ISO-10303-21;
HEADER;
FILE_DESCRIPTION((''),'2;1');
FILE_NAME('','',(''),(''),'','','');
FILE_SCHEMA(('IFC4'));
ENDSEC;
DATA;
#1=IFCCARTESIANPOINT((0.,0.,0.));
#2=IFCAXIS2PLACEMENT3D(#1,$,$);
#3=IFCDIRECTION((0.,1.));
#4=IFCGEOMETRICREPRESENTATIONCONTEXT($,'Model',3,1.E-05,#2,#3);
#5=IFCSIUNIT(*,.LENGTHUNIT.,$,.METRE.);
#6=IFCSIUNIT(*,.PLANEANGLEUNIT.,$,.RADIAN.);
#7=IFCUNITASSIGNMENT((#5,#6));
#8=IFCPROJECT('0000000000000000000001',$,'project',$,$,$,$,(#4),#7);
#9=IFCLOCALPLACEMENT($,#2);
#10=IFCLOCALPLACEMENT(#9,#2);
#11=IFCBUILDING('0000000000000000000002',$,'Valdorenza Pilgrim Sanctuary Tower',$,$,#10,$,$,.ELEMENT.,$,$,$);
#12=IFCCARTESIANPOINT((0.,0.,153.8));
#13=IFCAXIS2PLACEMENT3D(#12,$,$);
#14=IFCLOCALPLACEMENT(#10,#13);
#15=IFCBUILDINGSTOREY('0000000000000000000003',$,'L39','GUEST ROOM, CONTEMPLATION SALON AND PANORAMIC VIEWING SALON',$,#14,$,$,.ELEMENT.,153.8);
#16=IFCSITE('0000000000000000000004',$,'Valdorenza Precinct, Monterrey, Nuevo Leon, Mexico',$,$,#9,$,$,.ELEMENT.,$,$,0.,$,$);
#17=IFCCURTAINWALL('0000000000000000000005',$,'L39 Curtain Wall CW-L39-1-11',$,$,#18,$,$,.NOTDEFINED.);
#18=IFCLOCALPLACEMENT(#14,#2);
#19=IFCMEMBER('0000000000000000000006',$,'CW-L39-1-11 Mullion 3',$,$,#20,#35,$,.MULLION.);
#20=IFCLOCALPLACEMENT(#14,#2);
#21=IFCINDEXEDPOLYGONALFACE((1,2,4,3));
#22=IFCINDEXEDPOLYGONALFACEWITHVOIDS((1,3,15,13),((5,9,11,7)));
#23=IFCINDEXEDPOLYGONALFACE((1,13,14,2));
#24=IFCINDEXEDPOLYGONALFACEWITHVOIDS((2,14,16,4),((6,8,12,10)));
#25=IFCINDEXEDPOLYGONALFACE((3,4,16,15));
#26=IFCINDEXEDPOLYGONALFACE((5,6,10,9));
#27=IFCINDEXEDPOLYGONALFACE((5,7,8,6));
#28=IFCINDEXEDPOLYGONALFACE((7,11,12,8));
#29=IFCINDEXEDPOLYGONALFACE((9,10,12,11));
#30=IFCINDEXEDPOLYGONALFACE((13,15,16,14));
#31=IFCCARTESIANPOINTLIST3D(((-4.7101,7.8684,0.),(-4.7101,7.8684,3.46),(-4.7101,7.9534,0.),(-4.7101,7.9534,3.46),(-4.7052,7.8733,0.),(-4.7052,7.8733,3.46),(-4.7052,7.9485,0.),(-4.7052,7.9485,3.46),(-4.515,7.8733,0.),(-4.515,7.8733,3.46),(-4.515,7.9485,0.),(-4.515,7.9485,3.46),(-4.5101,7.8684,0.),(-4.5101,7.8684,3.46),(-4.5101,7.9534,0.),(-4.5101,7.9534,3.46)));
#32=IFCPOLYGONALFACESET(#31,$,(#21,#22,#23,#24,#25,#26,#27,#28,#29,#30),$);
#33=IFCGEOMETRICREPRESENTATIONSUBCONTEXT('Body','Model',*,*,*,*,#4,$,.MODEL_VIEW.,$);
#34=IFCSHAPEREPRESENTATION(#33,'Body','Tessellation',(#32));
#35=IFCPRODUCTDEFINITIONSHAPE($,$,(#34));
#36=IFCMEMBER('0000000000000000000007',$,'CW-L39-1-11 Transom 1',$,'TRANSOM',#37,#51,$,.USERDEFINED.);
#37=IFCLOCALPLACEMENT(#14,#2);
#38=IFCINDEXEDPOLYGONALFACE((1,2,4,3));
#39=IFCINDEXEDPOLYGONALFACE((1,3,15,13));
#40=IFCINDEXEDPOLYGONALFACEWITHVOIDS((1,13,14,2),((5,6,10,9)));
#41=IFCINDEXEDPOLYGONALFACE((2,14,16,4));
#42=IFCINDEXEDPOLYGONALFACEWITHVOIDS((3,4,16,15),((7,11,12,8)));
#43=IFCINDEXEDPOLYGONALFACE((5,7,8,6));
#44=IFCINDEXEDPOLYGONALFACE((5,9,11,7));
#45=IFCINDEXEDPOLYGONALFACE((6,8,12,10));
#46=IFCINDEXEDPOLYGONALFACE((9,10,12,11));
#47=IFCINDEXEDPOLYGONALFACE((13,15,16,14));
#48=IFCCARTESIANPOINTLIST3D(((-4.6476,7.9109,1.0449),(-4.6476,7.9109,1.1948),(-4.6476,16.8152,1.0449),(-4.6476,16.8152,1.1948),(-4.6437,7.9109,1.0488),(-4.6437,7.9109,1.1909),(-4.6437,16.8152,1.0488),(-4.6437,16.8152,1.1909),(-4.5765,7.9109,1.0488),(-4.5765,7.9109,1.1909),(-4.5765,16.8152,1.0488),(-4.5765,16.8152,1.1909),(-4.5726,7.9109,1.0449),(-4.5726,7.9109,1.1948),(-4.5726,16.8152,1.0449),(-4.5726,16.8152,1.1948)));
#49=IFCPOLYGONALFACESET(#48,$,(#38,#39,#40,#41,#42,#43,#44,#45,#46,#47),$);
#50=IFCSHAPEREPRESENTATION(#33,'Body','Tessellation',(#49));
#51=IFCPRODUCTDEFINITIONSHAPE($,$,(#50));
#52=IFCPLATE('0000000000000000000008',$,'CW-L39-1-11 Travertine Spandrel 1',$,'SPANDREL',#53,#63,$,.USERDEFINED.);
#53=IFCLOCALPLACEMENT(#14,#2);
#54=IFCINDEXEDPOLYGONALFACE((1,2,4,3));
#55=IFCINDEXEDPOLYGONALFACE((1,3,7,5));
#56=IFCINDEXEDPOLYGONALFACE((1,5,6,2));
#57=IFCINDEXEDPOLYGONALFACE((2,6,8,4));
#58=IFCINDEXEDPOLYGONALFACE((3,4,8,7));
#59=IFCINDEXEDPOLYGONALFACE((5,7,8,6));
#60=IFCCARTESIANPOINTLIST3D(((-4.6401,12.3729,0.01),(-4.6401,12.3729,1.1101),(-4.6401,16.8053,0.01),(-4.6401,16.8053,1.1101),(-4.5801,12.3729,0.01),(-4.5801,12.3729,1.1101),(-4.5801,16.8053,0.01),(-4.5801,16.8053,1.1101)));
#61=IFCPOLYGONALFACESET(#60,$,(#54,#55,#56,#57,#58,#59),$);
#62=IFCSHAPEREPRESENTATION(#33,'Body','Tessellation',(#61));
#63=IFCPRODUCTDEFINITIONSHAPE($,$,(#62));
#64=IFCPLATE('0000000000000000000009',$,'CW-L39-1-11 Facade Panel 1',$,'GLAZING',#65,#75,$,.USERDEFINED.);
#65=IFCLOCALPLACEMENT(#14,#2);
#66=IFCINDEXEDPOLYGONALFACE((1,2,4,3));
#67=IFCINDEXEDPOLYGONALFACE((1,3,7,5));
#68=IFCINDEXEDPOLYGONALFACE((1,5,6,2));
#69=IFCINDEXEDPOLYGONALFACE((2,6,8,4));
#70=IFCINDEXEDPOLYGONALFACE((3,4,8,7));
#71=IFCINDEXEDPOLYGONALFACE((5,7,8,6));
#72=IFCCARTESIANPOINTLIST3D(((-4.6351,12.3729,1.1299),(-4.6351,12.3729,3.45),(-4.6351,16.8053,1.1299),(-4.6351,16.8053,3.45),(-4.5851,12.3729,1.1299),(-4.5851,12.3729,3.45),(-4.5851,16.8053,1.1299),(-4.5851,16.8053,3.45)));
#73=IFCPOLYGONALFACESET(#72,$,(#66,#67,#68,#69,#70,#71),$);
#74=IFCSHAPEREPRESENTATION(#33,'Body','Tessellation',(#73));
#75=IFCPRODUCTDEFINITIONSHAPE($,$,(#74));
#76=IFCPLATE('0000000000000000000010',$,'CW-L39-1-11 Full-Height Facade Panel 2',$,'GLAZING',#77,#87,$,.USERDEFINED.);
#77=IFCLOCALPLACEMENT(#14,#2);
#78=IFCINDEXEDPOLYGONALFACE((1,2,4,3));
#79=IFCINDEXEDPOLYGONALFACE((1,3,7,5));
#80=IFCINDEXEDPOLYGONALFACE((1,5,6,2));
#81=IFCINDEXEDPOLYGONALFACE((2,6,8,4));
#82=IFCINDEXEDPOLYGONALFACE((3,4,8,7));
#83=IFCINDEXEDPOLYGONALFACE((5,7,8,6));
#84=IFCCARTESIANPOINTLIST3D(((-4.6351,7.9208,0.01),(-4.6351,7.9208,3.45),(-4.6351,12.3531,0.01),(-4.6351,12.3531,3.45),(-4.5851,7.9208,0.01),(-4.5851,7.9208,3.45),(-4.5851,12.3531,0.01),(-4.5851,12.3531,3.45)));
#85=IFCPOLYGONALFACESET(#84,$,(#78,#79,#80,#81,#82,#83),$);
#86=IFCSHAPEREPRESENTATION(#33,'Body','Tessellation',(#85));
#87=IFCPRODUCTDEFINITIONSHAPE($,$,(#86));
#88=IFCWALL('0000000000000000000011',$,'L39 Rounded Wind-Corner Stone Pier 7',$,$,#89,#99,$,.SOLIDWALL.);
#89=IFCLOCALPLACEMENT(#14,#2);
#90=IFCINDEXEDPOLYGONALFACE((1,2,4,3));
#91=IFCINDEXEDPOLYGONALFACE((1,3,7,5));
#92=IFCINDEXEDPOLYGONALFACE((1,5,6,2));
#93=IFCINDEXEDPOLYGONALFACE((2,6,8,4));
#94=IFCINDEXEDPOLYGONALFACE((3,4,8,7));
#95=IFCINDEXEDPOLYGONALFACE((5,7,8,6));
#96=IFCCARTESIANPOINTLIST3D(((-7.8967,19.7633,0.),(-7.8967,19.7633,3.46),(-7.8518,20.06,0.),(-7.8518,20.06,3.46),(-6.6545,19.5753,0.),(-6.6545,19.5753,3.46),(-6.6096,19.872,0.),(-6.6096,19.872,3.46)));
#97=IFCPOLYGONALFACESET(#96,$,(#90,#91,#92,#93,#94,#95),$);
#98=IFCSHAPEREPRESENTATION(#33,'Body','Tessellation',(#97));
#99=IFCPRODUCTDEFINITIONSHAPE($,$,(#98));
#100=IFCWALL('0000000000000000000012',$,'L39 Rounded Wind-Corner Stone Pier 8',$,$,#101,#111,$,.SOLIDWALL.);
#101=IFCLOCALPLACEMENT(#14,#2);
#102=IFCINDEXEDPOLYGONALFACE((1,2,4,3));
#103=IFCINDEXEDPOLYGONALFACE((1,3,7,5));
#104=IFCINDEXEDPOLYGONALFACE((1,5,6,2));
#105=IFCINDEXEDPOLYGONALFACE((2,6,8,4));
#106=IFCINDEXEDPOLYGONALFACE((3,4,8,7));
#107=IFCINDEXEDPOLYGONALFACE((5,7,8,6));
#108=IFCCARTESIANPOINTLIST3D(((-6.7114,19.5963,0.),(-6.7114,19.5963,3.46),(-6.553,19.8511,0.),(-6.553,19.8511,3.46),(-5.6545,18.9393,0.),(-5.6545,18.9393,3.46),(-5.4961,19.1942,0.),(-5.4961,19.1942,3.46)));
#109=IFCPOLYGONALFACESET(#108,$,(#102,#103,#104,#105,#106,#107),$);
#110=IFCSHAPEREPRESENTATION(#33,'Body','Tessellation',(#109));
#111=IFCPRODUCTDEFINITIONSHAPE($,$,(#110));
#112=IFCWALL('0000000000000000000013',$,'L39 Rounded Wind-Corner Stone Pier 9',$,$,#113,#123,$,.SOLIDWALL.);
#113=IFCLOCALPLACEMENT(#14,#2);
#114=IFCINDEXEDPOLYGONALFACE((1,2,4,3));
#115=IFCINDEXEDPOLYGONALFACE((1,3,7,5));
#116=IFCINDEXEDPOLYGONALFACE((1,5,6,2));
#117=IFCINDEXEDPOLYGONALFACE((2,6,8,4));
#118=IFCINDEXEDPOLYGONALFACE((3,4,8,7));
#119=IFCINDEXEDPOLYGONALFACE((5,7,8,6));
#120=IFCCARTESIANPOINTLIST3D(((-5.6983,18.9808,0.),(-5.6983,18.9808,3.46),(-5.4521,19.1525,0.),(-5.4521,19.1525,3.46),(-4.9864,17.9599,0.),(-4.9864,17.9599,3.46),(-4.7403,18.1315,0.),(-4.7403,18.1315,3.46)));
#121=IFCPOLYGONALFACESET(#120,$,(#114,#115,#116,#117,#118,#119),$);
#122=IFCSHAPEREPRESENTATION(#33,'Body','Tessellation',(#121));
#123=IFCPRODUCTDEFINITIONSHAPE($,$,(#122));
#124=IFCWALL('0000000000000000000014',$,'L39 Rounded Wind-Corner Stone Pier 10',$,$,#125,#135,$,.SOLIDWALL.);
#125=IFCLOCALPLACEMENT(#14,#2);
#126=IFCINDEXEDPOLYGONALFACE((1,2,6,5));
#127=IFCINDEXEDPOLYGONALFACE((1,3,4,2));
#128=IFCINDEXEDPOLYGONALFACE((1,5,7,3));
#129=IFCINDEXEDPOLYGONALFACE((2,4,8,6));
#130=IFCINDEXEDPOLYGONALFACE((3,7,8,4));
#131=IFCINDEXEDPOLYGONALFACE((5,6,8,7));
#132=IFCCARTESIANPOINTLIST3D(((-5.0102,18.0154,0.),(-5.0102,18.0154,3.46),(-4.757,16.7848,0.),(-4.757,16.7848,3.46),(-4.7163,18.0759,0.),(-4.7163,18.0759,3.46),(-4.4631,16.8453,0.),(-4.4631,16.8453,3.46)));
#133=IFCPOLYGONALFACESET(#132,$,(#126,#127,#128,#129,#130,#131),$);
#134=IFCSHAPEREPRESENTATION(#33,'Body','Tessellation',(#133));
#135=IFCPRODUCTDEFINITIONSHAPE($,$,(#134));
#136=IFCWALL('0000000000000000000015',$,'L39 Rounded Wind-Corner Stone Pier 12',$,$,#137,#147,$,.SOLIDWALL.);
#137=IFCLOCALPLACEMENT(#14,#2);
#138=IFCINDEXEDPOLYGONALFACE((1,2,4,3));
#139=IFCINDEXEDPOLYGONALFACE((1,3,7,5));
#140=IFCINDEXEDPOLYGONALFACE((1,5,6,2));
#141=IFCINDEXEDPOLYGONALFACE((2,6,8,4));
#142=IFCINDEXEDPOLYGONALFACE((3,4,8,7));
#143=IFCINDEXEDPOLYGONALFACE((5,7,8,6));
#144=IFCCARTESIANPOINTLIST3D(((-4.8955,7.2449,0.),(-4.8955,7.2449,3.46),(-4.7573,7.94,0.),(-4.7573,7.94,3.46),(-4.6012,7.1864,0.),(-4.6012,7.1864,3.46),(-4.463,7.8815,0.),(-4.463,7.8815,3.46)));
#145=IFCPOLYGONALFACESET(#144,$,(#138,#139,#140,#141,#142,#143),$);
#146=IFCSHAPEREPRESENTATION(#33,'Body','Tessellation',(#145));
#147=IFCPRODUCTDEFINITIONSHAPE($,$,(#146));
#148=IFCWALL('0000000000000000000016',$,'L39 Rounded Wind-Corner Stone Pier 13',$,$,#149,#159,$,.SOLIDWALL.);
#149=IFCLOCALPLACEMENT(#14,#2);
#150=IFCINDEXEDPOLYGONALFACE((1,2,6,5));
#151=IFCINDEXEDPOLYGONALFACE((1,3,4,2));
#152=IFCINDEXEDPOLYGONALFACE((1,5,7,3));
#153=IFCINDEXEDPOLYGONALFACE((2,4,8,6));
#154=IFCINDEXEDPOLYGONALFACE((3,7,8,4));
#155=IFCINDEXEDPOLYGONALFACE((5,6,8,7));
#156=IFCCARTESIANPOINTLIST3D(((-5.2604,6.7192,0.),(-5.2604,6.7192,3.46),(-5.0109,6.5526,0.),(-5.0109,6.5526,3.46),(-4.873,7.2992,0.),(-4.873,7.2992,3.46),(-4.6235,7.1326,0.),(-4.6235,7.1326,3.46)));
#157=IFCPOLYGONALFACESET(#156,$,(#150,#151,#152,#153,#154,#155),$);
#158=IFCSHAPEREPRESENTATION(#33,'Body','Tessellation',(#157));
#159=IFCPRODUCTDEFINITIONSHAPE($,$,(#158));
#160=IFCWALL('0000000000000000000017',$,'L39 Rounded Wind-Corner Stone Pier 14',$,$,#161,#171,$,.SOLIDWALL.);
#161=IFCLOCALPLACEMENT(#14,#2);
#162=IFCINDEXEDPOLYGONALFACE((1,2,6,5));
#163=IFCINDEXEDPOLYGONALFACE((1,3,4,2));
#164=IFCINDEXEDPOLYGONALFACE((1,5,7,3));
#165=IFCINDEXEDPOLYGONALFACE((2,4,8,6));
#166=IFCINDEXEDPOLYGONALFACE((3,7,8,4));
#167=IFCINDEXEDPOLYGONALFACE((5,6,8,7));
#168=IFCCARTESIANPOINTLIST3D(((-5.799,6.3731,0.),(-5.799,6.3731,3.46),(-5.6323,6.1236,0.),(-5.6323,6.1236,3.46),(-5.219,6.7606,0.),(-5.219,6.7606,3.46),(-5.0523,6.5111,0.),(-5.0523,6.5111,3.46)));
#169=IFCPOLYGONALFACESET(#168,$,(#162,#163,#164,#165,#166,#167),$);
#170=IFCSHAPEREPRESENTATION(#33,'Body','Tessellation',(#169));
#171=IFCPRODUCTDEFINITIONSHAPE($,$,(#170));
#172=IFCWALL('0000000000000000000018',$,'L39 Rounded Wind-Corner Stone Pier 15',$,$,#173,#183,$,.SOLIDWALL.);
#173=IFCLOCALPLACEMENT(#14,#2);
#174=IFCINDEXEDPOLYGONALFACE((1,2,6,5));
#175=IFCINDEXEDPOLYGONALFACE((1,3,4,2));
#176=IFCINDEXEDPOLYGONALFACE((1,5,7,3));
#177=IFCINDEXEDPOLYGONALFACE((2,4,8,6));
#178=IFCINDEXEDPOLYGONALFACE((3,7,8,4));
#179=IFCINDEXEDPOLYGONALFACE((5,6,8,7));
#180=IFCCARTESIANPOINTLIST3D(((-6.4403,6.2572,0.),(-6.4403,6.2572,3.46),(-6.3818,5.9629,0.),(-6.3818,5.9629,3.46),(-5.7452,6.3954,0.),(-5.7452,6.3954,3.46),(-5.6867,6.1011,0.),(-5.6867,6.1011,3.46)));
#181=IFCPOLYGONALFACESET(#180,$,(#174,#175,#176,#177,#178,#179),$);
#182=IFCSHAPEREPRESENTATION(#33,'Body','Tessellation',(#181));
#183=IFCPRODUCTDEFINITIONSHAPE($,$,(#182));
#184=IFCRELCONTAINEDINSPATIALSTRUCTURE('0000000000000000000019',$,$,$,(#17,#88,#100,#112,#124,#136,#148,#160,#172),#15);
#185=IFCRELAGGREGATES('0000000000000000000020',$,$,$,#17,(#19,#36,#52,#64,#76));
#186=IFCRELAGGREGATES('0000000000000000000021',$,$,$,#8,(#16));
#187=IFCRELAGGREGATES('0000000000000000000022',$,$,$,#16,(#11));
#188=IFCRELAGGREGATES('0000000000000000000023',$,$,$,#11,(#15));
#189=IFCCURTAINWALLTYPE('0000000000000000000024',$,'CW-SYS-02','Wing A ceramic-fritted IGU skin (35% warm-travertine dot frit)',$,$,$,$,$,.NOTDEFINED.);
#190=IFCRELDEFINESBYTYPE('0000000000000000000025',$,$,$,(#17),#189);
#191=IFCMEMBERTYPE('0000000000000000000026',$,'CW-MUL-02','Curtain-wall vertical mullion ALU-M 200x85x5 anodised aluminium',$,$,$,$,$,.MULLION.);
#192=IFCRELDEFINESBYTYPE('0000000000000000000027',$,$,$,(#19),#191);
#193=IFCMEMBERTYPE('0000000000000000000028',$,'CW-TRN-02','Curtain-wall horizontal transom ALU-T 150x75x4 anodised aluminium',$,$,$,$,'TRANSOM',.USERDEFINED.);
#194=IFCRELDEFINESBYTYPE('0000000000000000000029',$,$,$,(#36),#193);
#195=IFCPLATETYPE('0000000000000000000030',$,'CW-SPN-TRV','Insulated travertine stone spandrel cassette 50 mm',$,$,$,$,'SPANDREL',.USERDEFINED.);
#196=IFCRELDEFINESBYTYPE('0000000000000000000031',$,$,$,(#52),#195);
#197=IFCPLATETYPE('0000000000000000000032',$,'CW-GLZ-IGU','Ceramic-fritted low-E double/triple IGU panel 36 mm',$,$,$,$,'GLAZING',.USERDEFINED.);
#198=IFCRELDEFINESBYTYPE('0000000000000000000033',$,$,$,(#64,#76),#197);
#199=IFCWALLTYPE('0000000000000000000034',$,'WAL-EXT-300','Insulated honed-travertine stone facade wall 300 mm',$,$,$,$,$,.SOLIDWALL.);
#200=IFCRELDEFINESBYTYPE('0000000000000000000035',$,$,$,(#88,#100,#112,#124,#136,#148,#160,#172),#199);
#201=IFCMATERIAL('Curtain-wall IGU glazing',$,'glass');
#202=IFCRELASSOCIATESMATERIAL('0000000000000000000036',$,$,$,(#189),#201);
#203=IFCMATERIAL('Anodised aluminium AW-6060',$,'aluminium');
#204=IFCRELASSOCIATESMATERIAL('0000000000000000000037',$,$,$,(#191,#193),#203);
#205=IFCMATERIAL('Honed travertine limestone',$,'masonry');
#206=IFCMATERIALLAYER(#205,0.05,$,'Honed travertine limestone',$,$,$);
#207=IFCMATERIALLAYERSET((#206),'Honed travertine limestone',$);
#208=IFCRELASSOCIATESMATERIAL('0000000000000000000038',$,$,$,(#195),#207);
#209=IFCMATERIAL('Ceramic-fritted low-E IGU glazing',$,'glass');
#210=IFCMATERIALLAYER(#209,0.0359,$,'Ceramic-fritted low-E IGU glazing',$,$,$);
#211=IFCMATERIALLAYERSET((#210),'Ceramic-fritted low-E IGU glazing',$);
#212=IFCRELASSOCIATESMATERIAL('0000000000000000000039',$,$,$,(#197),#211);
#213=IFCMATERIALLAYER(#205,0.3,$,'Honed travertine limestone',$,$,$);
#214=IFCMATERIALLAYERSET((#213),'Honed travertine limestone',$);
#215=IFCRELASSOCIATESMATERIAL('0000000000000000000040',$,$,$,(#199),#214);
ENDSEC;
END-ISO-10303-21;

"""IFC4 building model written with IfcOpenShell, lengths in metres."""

from ifc_helpers import new_model, si_unit, direction, frame, frame_2d, origin, origin_2d, place, context, subcontext, project, spatial, rectangle, hollow_rectangle, extrude, source, transform, mapped, material, layer, layer_set, material_profile, profile_set, type_object, element, aggregate, save


model = new_model("IFC4")

# Units and contexts
model_context = context("Model", 3, precision=1e-05, world=origin(), true_north=direction((0.0, 1.0)))
body_context = subcontext(model_context, "Body", "Model", "MODEL_VIEW")
ifc_project = project(units=[si_unit("LENGTHUNIT", "METRE"), si_unit("PLANEANGLEUNIT", "RADIAN")], contexts=[model_context])

# Site, building, storey
site_placement = place(None, origin())
site = spatial("IfcSite", under=ifc_project, at=site_placement, Name="Valdorenza Precinct, Monterrey, Nuevo Leon, Mexico", CompositionType="ELEMENT", RefElevation=0.0)
building_placement = place(site_placement, origin())
building = spatial("IfcBuilding", under=site, at=building_placement, Name="Valdorenza Pilgrim Sanctuary Tower", CompositionType="ELEMENT")
storey_placement = place(building_placement, frame((0.0, 0.0, 153.8)))
storey = spatial("IfcBuildingStorey", under=building, at=storey_placement, Name="L39", Description="GUEST ROOM, CONTEMPLATION SALON AND PANORAMIC VIEWING SALON", CompositionType="ELEMENT", Elevation=153.8)

# Shared definitions
ifc_material_1 = material(Name="Curtain-wall IGU glazing", Category="glass")
curtain_wall_type = type_object("IfcCurtainWallType", Name="CW-SYS-02", Description="Wing A ceramic-fritted IGU skin (35% warm-travertine dot frit)", PredefinedType="NOTDEFINED", material=ifc_material_1)
ifc_material_2 = material(Name="Anodised aluminium AW-6060", Category="aluminium")
ifc_material_profile_1 = material_profile(ifc_material_2, hollow_rectangle(XDim=0.085, YDim=0.2, WallThickness=0.0049, at=origin_2d()), Name="ALU-M 200x85x5")
ifc_profile_set_1 = profile_set([ifc_material_profile_1], Name="Anodised aluminium AW-6060")
member_type_1 = type_object("IfcMemberType", Name="CW-MUL-02", Description="Curtain-wall vertical mullion ALU-M 200x85x5 anodised aluminium", PredefinedType="MULLION", material=ifc_profile_set_1)
shared_shape_1 = source(origin(), body_context, "Body", "SweptSolid", [
    extrude(hollow_rectangle(XDim=0.085, YDim=0.2, WallThickness=0.0049, at=origin_2d()), origin(), (0.0, 0.0, 1.0), 3.46),
])

# Curtain wall, members, plates
curtain_wall_1_placement = place(storey_placement, origin())
curtain_wall_1 = element("IfcCurtainWall", 1, at=curtain_wall_1_placement, inside=storey, type_object=curtain_wall_type, Name="L39 Curtain Wall CW-L39-1-11", PredefinedType="NOTDEFINED")
member_1_placement = place(storey_placement, frame((-4.6101, 7.9109, 0.0), z_axis=(0.0, 0.0, 1.0), x_axis=(0.0, -1.0, 0.0)))
member_1 = element("IfcMember", 2, at=member_1_placement, type_object=member_type_1, Name="CW-L39-1-11 Mullion 3", PredefinedType="MULLION", context=body_context, shape_type="MappedRepresentation", body=[
    mapped(shared_shape_1, transform((0.0, 0.0, 0.0), x_axis=(1.0, 0.0, 0.0), y_axis=(0.0, 1.0, 0.0), z_axis=(0.0, 0.0, 1.0), scale=1.0)),
])
ifc_material_profile_2 = material_profile(ifc_material_2, hollow_rectangle(XDim=0.075, YDim=0.1499, WallThickness=0.0039, at=origin_2d()), Name="ALU-T 150x75x4")
ifc_profile_set_2 = profile_set([ifc_material_profile_2], Name="Anodised aluminium AW-6060")
member_type_2 = type_object("IfcMemberType", Name="CW-TRN-02", Description="Curtain-wall horizontal transom ALU-T 150x75x4 anodised aluminium", ElementType="TRANSOM", PredefinedType="USERDEFINED", material=ifc_profile_set_2)
shared_shape_2 = source(origin(), body_context, "Body", "SweptSolid", [
    extrude(hollow_rectangle(XDim=0.075, YDim=0.1499, WallThickness=0.0039, at=origin_2d()), origin(), (0.0, 0.0, 1.0), 8.9043),
])
member_2_placement = place(storey_placement, frame((-4.6101, 16.8152, 1.1199), z_axis=(0.0, -1.0, 0.0), x_axis=(1.0, 0.0, 0.0)))
member_2 = element("IfcMember", 3, at=member_2_placement, type_object=member_type_2, Name="CW-L39-1-11 Transom 1", ObjectType="TRANSOM", PredefinedType="USERDEFINED", context=body_context, shape_type="MappedRepresentation", body=[
    mapped(shared_shape_2, transform((0.0, 0.0, 0.0), x_axis=(1.0, 0.0, 0.0), y_axis=(0.0, 1.0, 0.0), z_axis=(0.0, 0.0, 1.0), scale=1.0)),
])
ifc_material_3 = material(Name="Honed travertine limestone", Category="masonry")
ifc_layer_1 = layer(ifc_material_3, 0.05, Name="Honed travertine limestone")
ifc_layer_set_1 = layer_set([ifc_layer_1], Name="Honed travertine limestone")
plate_type_1 = type_object("IfcPlateType", Name="CW-SPN-TRV", Description="Insulated travertine stone spandrel cassette 50 mm", ElementType="SPANDREL", PredefinedType="USERDEFINED", material=ifc_layer_set_1)
shared_shape_3 = source(origin(), body_context, "Body", "SweptSolid", [
    extrude(rectangle(XDim=4.4324, YDim=0.0601, at=origin_2d()), origin(), (0.0, 0.0, 1.0), 1.1001),
])
plate_1_placement = place(storey_placement, frame((-4.6101, 14.5891, 0.01), z_axis=(0.0, 0.0, 1.0), x_axis=(0.0, -1.0, 0.0)))
plate_1 = element("IfcPlate", 4, at=plate_1_placement, type_object=plate_type_1, Name="CW-L39-1-11 Travertine Spandrel 1", ObjectType="SPANDREL", PredefinedType="USERDEFINED", context=body_context, shape_type="MappedRepresentation", body=[
    mapped(shared_shape_3, transform((0.0, 0.0, 0.0), x_axis=(1.0, 0.0, 0.0), y_axis=(0.0, 1.0, 0.0), z_axis=(0.0, 0.0, 1.0), scale=1.0)),
])
ifc_material_4 = material(Name="Ceramic-fritted low-E IGU glazing", Category="glass")
ifc_layer_2 = layer(ifc_material_4, 0.0359, Name="Ceramic-fritted low-E IGU glazing")
ifc_layer_set_2 = layer_set([ifc_layer_2], Name="Ceramic-fritted low-E IGU glazing")
plate_type_2 = type_object("IfcPlateType", Name="CW-GLZ-IGU", Description="Ceramic-fritted low-E double/triple IGU panel 36 mm", ElementType="GLAZING", PredefinedType="USERDEFINED", material=ifc_layer_set_2)
shared_shape_4 = source(origin(), body_context, "Body", "SweptSolid", [
    extrude(rectangle(XDim=4.4324, YDim=0.05, at=origin_2d()), origin(), (0.0, 0.0, 1.0), 2.3201),
])
plate_2_placement = place(storey_placement, frame((-4.6101, 14.5891, 1.1299), z_axis=(0.0, 0.0, 1.0), x_axis=(0.0, -1.0, 0.0)))
plate_2 = element("IfcPlate", 5, at=plate_2_placement, type_object=plate_type_2, Name="CW-L39-1-11 Facade Panel 1", ObjectType="GLAZING", PredefinedType="USERDEFINED", context=body_context, shape_type="MappedRepresentation", body=[
    mapped(shared_shape_4, transform((0.0, 0.0, 0.0), x_axis=(1.0, 0.0, 0.0), y_axis=(0.0, 1.0, 0.0), z_axis=(0.0, 0.0, 1.0), scale=1.0)),
])
shared_shape_5 = source(origin(), body_context, "Body", "SweptSolid", [
    extrude(rectangle(XDim=4.4324, YDim=0.05, at=origin_2d()), origin(), (0.0, 0.0, 1.0), 3.4399),
])
plate_3_placement = place(storey_placement, frame((-4.6101, 10.137, 0.01), z_axis=(0.0, 0.0, 1.0), x_axis=(0.0, -1.0, 0.0)))
plate_3 = element("IfcPlate", 6, at=plate_3_placement, type_object=plate_type_2, Name="CW-L39-1-11 Full-Height Facade Panel 2", ObjectType="GLAZING", PredefinedType="USERDEFINED", context=body_context, shape_type="MappedRepresentation", body=[
    mapped(shared_shape_5, transform((0.0, 0.0, 0.0), x_axis=(1.0, 0.0, 0.0), y_axis=(0.0, 1.0, 0.0), z_axis=(0.0, 0.0, 1.0), scale=1.0)),
])
aggregate(curtain_wall_1, [member_1, member_2, plate_1, plate_2, plate_3])

# Walls
ifc_layer_3 = layer(ifc_material_3, 0.3, Name="Honed travertine limestone")
ifc_layer_set_3 = layer_set([ifc_layer_3], Name="Honed travertine limestone")
wall_type_1 = type_object("IfcWallType", Name="WAL-EXT-300", Description="Insulated honed-travertine stone facade wall 300 mm", PredefinedType="SOLIDWALL", material=ifc_layer_set_3)
wall_1_placement = place(storey_placement, frame((-7.8743, 19.9116, 0.0), z_axis=(0.0, 0.0, 1.0), x_axis=(0.988742, -0.149633, 0.0)))
element("IfcWall", 7, at=wall_1_placement, inside=storey, type_object=wall_type_1, Name="L39 Rounded Wind-Corner Stone Pier 7", PredefinedType="SOLIDWALL", context=body_context, shape_type="SweptSolid", body=[
    extrude(rectangle(XDim=1.2563, YDim=0.3, at=frame_2d((0.6282, 0.0))), origin(), (0.0, 0.0, 1.0), 3.46),
])
wall_2_placement = place(storey_placement, frame((-6.6321, 19.7236, 0.0), z_axis=(0.0, 0.0, 1.0), x_axis=(0.849285, -0.527934, 0.0)))
element("IfcWall", 8, at=wall_2_placement, inside=storey, type_object=wall_type_1, Name="L39 Rounded Wind-Corner Stone Pier 8", PredefinedType="SOLIDWALL", context=body_context, shape_type="SweptSolid", body=[
    extrude(rectangle(XDim=1.2444, YDim=0.3, at=frame_2d((0.6221, 0.0))), origin(), (0.0, 0.0, 1.0), 3.46),
])
wall_3_placement = place(storey_placement, frame((-5.5752, 19.0667, 0.0), z_axis=(0.0, 0.0, 1.0), x_axis=(0.571961, -0.820281, 0.0)))
element("IfcWall", 9, at=wall_3_placement, inside=storey, type_object=wall_type_1, Name="L39 Rounded Wind-Corner Stone Pier 9", PredefinedType="SOLIDWALL", context=body_context, shape_type="SweptSolid", body=[
    extrude(rectangle(XDim=1.2446, YDim=0.3, at=frame_2d((0.6223, 0.0))), origin(), (0.0, 0.0, 1.0), 3.46),
])
wall_4_placement = place(storey_placement, frame((-4.8633, 18.0457, 0.0), z_axis=(0.0, 0.0, 1.0), x_axis=(0.201532, -0.979482, 0.0)))
element("IfcWall", 10, at=wall_4_placement, inside=storey, type_object=wall_type_1, Name="L39 Rounded Wind-Corner Stone Pier 10", PredefinedType="SOLIDWALL", context=body_context, shape_type="SweptSolid", body=[
    extrude(rectangle(XDim=1.2563, YDim=0.3, at=frame_2d((0.6282, 0.0))), origin(), (0.0, 0.0, 1.0), 3.46),
])
wall_5_placement = place(storey_placement, frame((-4.6101, 7.9109, 0.0), z_axis=(0.0, 0.0, 1.0), x_axis=(-0.19499, -0.980805, 0.0)))
element("IfcWall", 11, at=wall_5_placement, inside=storey, type_object=wall_type_1, Name="L39 Rounded Wind-Corner Stone Pier 12", PredefinedType="SOLIDWALL", context=body_context, shape_type="SweptSolid", body=[
    extrude(rectangle(XDim=0.7087, YDim=0.3, at=frame_2d((0.3545, 0.0))), origin(), (0.0, 0.0, 1.0), 3.46),
])
for number, where, z_axis, x_axis, name in (
    (12, (-4.7483, 7.2158, 0.0), (0.0, 0.0, 1.0), (-0.555427, -0.831565, 0.0), "L39 Rounded Wind-Corner Stone Pier 13"),
    (13, (-5.1357, 6.6357, 0.0), (0.0, 0.0, 1.0), (-0.831565, -0.555427, 0.0), "L39 Rounded Wind-Corner Stone Pier 14"),
):
    element("IfcWall", number, at=place(storey_placement, frame(where, z_axis=z_axis, x_axis=x_axis)), inside=storey, type_object=wall_type_1, Name=name, PredefinedType="SOLIDWALL", context=body_context, shape_type="SweptSolid", body=[
        extrude(rectangle(XDim=0.6975, YDim=0.3, at=frame_2d((0.3486, 0.0))), origin(), (0.0, 0.0, 1.0), 3.46),
    ])
wall_6_placement = place(storey_placement, frame((-5.7158, 6.2483, 0.0), z_axis=(0.0, 0.0, 1.0), x_axis=(-0.980805, -0.19499, 0.0)))
element("IfcWall", 14, at=wall_6_placement, inside=storey, type_object=wall_type_1, Name="L39 Rounded Wind-Corner Stone Pier 15", PredefinedType="SOLIDWALL", context=body_context, shape_type="SweptSolid", body=[
    extrude(rectangle(XDim=0.7087, YDim=0.3, at=frame_2d((0.3545, 0.0))), origin(), (0.0, 0.0, 1.0), 3.46),
])

save(model, "model.ifc")
